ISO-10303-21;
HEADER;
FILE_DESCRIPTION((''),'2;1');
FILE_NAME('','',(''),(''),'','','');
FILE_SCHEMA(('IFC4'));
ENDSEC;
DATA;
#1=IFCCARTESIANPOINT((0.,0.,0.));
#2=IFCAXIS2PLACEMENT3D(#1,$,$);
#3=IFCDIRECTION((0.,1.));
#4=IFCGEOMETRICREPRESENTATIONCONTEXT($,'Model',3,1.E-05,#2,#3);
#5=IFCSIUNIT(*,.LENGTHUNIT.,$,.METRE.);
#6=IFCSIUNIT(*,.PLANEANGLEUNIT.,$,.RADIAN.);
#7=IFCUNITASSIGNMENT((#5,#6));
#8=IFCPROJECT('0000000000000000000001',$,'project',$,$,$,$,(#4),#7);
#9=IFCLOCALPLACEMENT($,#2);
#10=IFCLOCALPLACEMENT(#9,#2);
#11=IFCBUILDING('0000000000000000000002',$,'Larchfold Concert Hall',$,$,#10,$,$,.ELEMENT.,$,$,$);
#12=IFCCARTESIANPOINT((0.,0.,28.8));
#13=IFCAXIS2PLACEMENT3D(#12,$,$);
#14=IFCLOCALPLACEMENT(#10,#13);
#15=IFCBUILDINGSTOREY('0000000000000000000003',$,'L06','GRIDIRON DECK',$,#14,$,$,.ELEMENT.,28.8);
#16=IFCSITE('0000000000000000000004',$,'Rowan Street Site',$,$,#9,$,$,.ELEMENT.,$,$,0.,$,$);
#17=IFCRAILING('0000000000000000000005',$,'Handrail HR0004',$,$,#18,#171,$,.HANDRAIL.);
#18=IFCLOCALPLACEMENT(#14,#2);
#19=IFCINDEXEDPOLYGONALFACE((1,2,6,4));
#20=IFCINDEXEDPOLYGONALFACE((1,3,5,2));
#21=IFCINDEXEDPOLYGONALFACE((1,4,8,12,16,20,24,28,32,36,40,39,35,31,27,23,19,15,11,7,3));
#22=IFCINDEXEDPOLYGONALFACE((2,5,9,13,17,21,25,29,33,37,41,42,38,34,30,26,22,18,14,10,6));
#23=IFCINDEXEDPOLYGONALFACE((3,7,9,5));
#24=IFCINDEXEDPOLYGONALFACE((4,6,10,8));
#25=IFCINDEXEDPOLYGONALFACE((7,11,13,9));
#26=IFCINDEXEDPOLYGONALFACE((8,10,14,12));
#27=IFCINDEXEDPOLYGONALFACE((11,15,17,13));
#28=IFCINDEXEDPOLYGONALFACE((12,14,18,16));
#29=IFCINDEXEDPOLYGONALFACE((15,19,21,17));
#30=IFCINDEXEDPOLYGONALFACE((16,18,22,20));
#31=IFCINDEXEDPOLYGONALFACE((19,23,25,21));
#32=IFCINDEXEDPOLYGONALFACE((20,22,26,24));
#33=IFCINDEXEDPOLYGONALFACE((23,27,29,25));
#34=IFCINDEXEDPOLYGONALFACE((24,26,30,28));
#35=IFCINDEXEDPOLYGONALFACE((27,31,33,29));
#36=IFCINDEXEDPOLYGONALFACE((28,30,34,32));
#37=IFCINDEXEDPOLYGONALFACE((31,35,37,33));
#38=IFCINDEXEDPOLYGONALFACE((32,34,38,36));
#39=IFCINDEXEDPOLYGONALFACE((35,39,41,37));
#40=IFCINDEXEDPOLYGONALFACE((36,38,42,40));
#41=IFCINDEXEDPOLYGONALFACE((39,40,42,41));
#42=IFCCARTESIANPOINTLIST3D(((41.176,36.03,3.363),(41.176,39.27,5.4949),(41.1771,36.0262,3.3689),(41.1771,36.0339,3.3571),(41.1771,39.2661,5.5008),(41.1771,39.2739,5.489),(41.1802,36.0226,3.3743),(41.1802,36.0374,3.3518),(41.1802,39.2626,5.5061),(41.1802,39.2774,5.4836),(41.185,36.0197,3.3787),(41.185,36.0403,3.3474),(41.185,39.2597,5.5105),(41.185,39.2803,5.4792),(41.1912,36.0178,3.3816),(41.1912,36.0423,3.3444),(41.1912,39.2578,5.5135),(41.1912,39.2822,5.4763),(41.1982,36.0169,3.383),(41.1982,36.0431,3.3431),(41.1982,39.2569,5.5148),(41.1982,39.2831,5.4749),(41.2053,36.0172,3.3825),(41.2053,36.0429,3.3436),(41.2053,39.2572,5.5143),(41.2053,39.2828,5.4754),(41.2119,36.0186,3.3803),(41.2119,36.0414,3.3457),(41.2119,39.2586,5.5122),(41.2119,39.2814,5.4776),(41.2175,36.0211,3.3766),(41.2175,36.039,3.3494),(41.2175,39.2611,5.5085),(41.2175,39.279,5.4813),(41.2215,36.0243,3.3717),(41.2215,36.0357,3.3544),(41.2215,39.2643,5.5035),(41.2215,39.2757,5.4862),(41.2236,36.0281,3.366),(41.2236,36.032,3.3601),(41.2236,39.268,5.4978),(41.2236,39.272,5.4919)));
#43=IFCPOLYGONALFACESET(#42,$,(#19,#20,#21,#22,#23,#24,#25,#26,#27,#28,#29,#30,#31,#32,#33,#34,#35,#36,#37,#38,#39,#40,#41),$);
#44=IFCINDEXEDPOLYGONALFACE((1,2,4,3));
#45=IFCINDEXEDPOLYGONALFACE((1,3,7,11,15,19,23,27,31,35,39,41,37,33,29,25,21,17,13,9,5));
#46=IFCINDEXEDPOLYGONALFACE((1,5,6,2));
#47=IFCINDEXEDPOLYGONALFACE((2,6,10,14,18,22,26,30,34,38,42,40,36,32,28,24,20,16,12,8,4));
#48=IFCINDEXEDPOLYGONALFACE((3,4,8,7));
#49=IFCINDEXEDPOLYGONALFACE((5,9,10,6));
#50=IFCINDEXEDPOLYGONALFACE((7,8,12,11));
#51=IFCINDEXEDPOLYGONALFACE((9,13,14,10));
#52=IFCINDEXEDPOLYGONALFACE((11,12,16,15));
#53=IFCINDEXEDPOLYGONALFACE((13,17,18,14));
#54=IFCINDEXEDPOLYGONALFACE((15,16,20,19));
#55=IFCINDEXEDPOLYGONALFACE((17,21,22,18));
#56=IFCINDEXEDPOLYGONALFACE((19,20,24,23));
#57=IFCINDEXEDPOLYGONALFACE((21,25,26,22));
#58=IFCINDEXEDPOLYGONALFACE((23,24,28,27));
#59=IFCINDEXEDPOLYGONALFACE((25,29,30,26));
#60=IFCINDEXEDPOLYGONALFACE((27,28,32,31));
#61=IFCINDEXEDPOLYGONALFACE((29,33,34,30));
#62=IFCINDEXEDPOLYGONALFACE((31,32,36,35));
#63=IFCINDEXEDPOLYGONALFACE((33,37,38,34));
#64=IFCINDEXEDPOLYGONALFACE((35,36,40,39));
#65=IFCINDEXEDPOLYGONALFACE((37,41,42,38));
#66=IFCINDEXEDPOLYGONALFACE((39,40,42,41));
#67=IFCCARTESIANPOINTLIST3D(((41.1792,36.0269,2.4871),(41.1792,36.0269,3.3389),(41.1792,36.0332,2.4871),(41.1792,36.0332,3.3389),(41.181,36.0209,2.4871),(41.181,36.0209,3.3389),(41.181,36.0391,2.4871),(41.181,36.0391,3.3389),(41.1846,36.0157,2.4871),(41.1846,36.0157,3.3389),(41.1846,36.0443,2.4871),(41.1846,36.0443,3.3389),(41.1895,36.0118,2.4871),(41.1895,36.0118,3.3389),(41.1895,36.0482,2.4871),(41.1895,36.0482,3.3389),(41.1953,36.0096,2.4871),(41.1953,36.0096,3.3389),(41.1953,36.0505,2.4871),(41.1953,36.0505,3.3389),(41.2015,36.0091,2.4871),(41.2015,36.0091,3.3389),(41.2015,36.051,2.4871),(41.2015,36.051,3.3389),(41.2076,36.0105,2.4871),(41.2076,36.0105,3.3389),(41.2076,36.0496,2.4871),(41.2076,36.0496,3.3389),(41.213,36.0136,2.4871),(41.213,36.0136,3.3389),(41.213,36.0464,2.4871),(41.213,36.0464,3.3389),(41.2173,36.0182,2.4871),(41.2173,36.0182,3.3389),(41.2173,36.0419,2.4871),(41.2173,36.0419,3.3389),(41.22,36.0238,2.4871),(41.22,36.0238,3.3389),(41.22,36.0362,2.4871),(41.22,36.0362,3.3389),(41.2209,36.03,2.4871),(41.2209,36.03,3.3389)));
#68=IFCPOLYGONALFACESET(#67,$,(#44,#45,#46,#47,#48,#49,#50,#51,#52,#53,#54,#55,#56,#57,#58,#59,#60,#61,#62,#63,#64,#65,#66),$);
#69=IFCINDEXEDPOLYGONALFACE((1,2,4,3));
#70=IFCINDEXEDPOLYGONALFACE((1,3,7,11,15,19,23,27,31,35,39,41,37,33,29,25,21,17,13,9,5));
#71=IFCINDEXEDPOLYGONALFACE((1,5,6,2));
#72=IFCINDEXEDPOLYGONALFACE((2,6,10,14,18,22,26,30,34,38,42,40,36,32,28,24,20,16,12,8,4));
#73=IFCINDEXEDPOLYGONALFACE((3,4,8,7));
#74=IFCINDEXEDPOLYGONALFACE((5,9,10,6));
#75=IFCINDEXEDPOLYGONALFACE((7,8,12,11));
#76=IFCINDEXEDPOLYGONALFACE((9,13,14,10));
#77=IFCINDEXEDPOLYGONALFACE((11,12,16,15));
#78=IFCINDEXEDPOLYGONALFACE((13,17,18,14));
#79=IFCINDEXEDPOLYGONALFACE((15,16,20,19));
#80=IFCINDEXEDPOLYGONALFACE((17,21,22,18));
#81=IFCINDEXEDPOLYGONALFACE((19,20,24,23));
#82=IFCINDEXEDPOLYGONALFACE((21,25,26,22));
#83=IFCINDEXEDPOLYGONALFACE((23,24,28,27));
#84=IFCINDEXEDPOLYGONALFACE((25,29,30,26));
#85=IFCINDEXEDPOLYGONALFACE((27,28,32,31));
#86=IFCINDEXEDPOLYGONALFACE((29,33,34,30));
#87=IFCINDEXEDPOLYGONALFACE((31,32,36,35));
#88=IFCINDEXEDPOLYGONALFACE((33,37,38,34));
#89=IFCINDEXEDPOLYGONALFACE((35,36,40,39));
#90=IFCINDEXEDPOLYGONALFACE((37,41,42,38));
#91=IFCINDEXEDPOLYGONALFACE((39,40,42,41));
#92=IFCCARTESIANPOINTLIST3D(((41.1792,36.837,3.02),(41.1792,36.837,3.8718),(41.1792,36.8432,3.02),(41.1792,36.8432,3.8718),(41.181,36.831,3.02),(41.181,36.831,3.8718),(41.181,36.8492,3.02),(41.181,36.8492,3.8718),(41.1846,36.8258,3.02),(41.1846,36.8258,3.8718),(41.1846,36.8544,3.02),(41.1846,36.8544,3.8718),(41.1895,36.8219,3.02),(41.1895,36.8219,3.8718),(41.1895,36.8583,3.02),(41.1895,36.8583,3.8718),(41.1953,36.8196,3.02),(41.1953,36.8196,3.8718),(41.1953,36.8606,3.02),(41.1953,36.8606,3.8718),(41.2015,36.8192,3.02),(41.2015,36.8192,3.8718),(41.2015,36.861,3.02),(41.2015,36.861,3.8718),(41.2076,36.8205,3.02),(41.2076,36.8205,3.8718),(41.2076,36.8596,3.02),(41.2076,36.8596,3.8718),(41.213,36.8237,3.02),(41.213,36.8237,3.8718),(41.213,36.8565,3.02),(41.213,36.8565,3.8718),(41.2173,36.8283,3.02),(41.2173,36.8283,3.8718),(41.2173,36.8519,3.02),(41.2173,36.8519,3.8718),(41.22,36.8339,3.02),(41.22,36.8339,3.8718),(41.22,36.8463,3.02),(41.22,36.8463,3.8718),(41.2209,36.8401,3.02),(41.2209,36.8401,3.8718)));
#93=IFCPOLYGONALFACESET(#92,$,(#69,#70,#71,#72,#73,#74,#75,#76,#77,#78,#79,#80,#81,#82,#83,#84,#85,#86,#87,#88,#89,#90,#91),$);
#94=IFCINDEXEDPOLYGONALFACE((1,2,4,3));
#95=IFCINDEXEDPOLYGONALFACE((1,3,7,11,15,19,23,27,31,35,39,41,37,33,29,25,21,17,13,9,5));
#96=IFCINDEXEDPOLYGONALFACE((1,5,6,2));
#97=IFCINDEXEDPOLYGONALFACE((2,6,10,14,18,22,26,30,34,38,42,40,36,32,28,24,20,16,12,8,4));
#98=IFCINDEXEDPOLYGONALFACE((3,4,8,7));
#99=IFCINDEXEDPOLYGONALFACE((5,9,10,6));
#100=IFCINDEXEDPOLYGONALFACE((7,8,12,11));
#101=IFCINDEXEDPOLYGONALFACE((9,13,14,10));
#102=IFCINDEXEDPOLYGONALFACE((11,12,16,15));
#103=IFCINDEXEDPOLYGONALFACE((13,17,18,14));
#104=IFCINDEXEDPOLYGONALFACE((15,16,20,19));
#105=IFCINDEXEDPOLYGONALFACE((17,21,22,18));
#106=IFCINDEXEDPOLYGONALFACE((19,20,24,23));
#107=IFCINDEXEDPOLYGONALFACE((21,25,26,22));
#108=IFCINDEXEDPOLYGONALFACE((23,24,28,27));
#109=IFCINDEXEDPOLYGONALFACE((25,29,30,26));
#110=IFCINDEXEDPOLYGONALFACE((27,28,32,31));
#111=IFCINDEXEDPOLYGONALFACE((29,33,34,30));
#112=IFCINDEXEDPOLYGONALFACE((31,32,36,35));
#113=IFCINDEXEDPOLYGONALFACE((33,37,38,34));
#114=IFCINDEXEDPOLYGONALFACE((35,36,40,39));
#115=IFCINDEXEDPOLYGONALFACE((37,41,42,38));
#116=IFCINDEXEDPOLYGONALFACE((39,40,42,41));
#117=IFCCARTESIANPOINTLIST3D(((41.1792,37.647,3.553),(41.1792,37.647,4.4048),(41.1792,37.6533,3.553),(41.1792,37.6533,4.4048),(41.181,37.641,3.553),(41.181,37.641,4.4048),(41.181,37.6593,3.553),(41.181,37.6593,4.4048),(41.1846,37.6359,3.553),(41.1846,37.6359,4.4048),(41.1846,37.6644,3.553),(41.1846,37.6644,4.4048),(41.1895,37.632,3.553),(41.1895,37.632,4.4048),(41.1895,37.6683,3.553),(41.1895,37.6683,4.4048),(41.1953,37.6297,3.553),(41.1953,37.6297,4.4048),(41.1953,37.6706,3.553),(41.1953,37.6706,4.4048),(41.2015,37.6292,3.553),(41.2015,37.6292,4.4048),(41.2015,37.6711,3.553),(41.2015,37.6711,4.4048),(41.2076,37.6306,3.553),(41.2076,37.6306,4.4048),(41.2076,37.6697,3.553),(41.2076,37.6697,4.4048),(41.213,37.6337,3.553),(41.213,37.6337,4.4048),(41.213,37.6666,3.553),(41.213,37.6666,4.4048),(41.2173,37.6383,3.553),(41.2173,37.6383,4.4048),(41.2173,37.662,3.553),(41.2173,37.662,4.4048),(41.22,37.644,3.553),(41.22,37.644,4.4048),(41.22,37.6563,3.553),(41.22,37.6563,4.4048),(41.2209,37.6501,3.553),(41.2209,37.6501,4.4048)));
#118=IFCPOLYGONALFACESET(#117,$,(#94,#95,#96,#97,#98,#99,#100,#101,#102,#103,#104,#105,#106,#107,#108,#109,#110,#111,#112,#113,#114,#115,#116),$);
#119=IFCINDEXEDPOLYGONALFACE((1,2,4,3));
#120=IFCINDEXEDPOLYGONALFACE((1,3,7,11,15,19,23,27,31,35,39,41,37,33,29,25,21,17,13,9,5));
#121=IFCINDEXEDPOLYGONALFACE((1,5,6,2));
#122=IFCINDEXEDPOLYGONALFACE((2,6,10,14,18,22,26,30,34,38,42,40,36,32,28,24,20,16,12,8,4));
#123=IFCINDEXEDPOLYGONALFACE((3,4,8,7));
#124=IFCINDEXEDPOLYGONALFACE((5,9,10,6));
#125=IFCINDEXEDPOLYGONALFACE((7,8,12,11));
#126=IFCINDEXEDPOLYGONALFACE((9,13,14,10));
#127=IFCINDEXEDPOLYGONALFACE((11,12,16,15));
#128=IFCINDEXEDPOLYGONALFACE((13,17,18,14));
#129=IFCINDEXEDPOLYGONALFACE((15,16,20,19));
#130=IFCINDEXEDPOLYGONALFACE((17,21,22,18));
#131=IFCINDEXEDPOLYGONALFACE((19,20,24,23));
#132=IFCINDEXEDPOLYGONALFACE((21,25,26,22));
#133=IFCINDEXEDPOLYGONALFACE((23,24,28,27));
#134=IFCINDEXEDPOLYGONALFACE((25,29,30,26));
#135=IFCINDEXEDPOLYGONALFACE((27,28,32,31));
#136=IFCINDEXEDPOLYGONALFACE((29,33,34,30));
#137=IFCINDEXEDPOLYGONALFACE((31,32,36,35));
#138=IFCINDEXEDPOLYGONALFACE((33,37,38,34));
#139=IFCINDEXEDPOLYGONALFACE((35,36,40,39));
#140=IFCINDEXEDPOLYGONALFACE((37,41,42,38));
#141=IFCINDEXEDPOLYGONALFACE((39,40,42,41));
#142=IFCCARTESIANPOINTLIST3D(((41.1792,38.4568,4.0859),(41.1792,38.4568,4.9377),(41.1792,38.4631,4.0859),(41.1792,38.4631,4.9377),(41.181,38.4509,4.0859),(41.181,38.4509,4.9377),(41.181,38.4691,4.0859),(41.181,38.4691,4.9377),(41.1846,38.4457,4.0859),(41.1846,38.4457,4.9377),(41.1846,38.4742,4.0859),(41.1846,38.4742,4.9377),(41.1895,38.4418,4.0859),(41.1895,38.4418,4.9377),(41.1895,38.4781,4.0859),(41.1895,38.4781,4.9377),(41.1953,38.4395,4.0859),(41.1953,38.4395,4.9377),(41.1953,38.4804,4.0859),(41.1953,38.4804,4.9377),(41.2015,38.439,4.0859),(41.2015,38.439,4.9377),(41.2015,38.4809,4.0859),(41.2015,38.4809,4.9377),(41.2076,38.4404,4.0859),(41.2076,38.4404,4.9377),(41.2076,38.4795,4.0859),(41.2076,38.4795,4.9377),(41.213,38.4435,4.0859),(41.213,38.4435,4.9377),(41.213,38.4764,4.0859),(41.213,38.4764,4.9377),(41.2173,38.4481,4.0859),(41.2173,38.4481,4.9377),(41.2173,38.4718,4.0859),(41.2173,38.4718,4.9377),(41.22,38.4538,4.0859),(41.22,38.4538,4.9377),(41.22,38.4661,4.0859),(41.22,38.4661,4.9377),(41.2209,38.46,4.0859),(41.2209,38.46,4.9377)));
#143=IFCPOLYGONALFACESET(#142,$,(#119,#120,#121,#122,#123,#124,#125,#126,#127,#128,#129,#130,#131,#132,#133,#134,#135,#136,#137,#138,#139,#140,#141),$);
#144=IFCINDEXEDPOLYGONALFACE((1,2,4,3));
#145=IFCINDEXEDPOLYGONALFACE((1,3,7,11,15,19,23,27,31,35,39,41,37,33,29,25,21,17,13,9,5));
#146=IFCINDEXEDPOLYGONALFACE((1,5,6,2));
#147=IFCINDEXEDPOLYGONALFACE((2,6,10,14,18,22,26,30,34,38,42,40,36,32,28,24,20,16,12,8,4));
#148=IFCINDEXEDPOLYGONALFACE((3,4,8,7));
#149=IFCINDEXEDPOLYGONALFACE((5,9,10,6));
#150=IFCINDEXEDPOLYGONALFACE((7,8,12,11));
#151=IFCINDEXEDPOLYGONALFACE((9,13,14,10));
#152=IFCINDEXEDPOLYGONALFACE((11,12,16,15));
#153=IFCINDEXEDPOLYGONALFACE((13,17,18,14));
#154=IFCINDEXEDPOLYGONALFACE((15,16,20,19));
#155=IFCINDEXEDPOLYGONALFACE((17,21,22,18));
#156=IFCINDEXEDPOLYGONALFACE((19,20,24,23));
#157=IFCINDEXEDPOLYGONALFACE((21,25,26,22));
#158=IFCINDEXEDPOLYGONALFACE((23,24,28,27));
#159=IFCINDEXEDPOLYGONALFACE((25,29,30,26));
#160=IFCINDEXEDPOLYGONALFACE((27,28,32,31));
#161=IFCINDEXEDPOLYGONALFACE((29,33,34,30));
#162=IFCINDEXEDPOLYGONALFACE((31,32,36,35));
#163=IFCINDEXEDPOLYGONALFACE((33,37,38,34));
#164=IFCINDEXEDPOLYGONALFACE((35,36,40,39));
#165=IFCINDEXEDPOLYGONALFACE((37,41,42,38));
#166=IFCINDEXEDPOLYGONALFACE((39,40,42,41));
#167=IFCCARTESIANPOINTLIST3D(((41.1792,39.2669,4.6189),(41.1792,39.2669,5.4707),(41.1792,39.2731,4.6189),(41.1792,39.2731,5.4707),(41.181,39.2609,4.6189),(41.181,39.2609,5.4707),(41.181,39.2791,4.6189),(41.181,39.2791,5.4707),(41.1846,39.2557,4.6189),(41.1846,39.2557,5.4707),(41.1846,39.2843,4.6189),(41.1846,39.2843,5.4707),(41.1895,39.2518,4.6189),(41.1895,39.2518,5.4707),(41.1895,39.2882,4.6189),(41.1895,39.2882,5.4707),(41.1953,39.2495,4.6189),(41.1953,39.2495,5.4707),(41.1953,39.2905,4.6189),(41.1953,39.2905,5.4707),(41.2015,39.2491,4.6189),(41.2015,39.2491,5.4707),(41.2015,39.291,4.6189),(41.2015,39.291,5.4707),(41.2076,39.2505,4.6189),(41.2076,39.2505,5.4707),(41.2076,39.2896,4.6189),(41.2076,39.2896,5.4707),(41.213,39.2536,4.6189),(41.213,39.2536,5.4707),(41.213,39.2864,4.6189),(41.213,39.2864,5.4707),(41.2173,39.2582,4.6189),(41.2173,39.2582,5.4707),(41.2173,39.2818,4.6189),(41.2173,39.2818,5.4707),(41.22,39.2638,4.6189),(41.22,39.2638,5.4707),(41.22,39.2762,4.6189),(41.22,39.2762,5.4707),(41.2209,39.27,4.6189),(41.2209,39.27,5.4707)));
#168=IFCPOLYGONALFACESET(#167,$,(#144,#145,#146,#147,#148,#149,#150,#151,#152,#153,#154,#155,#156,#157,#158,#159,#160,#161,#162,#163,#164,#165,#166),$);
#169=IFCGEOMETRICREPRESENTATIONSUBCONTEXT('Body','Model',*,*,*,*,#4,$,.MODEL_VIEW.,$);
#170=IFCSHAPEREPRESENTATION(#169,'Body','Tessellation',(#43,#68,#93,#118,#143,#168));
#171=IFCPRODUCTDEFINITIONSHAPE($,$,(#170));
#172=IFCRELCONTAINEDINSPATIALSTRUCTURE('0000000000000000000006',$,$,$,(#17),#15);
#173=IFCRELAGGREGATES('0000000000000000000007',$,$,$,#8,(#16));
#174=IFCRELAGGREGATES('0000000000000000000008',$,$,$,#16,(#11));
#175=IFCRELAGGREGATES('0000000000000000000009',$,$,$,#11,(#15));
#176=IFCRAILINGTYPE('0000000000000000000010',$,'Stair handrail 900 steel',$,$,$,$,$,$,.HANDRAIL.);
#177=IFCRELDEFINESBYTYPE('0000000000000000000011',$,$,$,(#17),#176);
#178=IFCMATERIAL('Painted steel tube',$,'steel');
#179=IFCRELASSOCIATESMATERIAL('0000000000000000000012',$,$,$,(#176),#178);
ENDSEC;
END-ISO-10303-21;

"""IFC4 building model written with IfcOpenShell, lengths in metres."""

from ifc_helpers import new_model, si_unit, direction, frame, origin, origin_2d, place, context, subcontext, project, spatial, circle, extrude, material, type_object, element, save


model = new_model("IFC4")

# Units and contexts
model_context = context("Model", 3, precision=1e-05, world=origin(), true_north=direction((0.0, 1.0)))
body_context = subcontext(model_context, "Body", "Model", "MODEL_VIEW")
ifc_project = project(units=[si_unit("LENGTHUNIT", "METRE"), si_unit("PLANEANGLEUNIT", "RADIAN")], contexts=[model_context])

# Site, building, storey
site_placement = place(None, origin())
site = spatial("IfcSite", under=ifc_project, at=site_placement, Name="Rowan Street Site", CompositionType="ELEMENT", RefElevation=0.0)
building_placement = place(site_placement, origin())
building = spatial("IfcBuilding", under=site, at=building_placement, Name="Larchfold Concert Hall", CompositionType="ELEMENT")
storey_placement = place(building_placement, frame((0.0, 0.0, 28.8)))
storey = spatial("IfcBuildingStorey", under=building, at=storey_placement, Name="L06", Description="GRIDIRON DECK", CompositionType="ELEMENT", Elevation=28.8)

# Railing
ifc_material_1 = material(Name="Painted steel tube", Category="steel")
railing_type_1 = type_object("IfcRailingType", Name="Stair handrail 900 steel", PredefinedType="HANDRAIL", material=ifc_material_1)
for number, where, name in (
    (1, (41.2, 36.03, 2.4871), "Handrail HR0004"),
):
    element("IfcRailing", number, at=place(storey_placement, frame(where)), inside=storey, type_object=railing_type_1, Name=name, PredefinedType="HANDRAIL", context=body_context, shape_type="SweptSolid", body=[
        extrude(circle(Radius=0.0239, at=origin_2d()), frame((0.0, 0.0, 0.876), z_axis=(0.0, 0.835386, 0.549664), x_axis=(-1.0, 0.0, 0.0)), (0.0, 0.0, 1.0), 3.8784),
        extrude(circle(Radius=0.021, at=origin_2d()), origin(), (0.0, 0.0, 1.0), 0.8518),
        extrude(circle(Radius=0.021, at=origin_2d()), frame((0.0, 0.8101, 0.533)), (0.0, 0.0, 1.0), 0.8518),
        extrude(circle(Radius=0.021, at=origin_2d()), frame((0.0, 1.6201, 1.0659)), (0.0, 0.0, 1.0), 0.8518),
        extrude(circle(Radius=0.021, at=origin_2d()), frame((0.0, 2.4299, 1.5989)), (0.0, 0.0, 1.0), 0.8518),
        extrude(circle(Radius=0.021, at=origin_2d()), frame((0.0, 3.24, 2.1318)), (0.0, 0.0, 1.0), 0.8518),
    ])

save(model, "model.ifc")
